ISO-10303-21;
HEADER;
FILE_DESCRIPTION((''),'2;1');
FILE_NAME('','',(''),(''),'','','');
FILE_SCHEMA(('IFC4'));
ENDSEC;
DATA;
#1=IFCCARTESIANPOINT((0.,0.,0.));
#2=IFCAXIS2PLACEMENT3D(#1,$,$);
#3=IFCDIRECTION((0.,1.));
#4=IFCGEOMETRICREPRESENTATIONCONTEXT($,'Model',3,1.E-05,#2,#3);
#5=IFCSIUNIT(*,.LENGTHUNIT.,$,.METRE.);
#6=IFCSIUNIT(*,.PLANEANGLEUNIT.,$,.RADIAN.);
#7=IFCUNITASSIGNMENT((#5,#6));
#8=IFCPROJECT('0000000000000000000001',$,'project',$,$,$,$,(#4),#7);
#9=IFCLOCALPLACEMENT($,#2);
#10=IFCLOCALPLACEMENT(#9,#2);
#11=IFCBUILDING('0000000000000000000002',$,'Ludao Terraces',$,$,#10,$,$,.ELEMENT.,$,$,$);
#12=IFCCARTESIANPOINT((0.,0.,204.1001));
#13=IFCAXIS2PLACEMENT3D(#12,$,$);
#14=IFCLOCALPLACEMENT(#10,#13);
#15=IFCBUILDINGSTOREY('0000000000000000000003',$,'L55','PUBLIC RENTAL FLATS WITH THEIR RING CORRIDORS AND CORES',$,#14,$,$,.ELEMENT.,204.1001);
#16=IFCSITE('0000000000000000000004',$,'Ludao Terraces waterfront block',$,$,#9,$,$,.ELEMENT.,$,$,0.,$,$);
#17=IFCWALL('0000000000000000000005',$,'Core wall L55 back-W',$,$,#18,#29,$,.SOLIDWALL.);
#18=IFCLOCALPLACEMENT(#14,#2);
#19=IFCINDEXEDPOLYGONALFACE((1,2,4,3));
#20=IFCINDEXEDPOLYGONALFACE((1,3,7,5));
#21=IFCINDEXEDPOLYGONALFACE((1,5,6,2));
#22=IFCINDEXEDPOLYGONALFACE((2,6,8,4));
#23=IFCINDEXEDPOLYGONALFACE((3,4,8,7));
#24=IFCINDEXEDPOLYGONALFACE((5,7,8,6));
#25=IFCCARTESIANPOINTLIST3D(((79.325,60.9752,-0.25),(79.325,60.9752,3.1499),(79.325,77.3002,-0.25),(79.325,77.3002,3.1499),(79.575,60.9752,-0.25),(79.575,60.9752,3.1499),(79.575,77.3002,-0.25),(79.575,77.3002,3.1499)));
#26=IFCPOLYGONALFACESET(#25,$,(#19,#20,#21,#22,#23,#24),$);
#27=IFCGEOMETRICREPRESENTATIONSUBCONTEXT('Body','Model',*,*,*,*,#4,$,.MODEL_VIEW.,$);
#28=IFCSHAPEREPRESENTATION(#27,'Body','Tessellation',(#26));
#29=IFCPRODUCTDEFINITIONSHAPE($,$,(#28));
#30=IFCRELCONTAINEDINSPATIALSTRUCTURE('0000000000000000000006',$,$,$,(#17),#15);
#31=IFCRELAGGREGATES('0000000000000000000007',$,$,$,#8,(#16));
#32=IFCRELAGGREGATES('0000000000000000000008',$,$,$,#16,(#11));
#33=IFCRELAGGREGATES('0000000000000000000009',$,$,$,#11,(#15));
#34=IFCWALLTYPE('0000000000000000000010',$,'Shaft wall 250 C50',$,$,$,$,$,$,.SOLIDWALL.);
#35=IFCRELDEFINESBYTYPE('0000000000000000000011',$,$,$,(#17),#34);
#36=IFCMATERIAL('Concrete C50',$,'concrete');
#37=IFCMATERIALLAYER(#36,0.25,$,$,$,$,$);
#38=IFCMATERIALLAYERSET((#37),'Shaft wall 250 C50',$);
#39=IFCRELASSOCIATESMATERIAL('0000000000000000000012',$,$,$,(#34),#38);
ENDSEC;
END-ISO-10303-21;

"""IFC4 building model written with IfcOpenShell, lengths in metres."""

from ifc_helpers import new_model, si_unit, direction, frame, frame_2d, origin, place, context, subcontext, project, spatial, rectangle, extrude, material, layer, layer_set, type_object, element, save


model = new_model("IFC4")

# Units and contexts
model_context = context("Model", 3, precision=1e-05, world=origin(), true_north=direction((0.0, 1.0)))
body_context = subcontext(model_context, "Body", "Model", "MODEL_VIEW")
ifc_project = project(units=[si_unit("LENGTHUNIT", "METRE"), si_unit("PLANEANGLEUNIT", "RADIAN")], contexts=[model_context])

# Site, building, storey
site_placement = place(None, origin())
site = spatial("IfcSite", under=ifc_project, at=site_placement, Name="Ludao Terraces waterfront block", CompositionType="ELEMENT", RefElevation=0.0)
building_placement = place(site_placement, origin())
building = spatial("IfcBuilding", under=site, at=building_placement, Name="Ludao Terraces", CompositionType="ELEMENT")
storey_placement = place(building_placement, frame((0.0, 0.0, 204.1001)))
storey = spatial("IfcBuildingStorey", under=building, at=storey_placement, Name="L55", Description="PUBLIC RENTAL FLATS WITH THEIR RING CORRIDORS AND CORES", CompositionType="ELEMENT", Elevation=204.1001)

# Shared definitions
ifc_material_1 = material(Name="Concrete C50", Category="concrete")

# Wall
ifc_layer_1 = layer(ifc_material_1, 0.25)
ifc_layer_set_1 = layer_set([ifc_layer_1], Name="Shaft wall 250 C50")
wall_type_1 = type_object("IfcWallType", Name="Shaft wall 250 C50", PredefinedType="SOLIDWALL", material=ifc_layer_set_1)
wall_1_placement = place(storey_placement, frame((79.45, 60.9751, -0.25), z_axis=(0.0, 0.0, 1.0), x_axis=(0.0, 1.0, 0.0)))
element("IfcWall", 1, at=wall_1_placement, inside=storey, type_object=wall_type_1, Name="Core wall L55 back-W", PredefinedType="SOLIDWALL", context=body_context, shape_type="SweptSolid", body=[
    extrude(rectangle(XDim=16.325, YDim=0.25, at=frame_2d((8.1626, 0.0))), origin(), (0.0, 0.0, 1.0), 3.3999),
])

save(model, "model.ifc")
